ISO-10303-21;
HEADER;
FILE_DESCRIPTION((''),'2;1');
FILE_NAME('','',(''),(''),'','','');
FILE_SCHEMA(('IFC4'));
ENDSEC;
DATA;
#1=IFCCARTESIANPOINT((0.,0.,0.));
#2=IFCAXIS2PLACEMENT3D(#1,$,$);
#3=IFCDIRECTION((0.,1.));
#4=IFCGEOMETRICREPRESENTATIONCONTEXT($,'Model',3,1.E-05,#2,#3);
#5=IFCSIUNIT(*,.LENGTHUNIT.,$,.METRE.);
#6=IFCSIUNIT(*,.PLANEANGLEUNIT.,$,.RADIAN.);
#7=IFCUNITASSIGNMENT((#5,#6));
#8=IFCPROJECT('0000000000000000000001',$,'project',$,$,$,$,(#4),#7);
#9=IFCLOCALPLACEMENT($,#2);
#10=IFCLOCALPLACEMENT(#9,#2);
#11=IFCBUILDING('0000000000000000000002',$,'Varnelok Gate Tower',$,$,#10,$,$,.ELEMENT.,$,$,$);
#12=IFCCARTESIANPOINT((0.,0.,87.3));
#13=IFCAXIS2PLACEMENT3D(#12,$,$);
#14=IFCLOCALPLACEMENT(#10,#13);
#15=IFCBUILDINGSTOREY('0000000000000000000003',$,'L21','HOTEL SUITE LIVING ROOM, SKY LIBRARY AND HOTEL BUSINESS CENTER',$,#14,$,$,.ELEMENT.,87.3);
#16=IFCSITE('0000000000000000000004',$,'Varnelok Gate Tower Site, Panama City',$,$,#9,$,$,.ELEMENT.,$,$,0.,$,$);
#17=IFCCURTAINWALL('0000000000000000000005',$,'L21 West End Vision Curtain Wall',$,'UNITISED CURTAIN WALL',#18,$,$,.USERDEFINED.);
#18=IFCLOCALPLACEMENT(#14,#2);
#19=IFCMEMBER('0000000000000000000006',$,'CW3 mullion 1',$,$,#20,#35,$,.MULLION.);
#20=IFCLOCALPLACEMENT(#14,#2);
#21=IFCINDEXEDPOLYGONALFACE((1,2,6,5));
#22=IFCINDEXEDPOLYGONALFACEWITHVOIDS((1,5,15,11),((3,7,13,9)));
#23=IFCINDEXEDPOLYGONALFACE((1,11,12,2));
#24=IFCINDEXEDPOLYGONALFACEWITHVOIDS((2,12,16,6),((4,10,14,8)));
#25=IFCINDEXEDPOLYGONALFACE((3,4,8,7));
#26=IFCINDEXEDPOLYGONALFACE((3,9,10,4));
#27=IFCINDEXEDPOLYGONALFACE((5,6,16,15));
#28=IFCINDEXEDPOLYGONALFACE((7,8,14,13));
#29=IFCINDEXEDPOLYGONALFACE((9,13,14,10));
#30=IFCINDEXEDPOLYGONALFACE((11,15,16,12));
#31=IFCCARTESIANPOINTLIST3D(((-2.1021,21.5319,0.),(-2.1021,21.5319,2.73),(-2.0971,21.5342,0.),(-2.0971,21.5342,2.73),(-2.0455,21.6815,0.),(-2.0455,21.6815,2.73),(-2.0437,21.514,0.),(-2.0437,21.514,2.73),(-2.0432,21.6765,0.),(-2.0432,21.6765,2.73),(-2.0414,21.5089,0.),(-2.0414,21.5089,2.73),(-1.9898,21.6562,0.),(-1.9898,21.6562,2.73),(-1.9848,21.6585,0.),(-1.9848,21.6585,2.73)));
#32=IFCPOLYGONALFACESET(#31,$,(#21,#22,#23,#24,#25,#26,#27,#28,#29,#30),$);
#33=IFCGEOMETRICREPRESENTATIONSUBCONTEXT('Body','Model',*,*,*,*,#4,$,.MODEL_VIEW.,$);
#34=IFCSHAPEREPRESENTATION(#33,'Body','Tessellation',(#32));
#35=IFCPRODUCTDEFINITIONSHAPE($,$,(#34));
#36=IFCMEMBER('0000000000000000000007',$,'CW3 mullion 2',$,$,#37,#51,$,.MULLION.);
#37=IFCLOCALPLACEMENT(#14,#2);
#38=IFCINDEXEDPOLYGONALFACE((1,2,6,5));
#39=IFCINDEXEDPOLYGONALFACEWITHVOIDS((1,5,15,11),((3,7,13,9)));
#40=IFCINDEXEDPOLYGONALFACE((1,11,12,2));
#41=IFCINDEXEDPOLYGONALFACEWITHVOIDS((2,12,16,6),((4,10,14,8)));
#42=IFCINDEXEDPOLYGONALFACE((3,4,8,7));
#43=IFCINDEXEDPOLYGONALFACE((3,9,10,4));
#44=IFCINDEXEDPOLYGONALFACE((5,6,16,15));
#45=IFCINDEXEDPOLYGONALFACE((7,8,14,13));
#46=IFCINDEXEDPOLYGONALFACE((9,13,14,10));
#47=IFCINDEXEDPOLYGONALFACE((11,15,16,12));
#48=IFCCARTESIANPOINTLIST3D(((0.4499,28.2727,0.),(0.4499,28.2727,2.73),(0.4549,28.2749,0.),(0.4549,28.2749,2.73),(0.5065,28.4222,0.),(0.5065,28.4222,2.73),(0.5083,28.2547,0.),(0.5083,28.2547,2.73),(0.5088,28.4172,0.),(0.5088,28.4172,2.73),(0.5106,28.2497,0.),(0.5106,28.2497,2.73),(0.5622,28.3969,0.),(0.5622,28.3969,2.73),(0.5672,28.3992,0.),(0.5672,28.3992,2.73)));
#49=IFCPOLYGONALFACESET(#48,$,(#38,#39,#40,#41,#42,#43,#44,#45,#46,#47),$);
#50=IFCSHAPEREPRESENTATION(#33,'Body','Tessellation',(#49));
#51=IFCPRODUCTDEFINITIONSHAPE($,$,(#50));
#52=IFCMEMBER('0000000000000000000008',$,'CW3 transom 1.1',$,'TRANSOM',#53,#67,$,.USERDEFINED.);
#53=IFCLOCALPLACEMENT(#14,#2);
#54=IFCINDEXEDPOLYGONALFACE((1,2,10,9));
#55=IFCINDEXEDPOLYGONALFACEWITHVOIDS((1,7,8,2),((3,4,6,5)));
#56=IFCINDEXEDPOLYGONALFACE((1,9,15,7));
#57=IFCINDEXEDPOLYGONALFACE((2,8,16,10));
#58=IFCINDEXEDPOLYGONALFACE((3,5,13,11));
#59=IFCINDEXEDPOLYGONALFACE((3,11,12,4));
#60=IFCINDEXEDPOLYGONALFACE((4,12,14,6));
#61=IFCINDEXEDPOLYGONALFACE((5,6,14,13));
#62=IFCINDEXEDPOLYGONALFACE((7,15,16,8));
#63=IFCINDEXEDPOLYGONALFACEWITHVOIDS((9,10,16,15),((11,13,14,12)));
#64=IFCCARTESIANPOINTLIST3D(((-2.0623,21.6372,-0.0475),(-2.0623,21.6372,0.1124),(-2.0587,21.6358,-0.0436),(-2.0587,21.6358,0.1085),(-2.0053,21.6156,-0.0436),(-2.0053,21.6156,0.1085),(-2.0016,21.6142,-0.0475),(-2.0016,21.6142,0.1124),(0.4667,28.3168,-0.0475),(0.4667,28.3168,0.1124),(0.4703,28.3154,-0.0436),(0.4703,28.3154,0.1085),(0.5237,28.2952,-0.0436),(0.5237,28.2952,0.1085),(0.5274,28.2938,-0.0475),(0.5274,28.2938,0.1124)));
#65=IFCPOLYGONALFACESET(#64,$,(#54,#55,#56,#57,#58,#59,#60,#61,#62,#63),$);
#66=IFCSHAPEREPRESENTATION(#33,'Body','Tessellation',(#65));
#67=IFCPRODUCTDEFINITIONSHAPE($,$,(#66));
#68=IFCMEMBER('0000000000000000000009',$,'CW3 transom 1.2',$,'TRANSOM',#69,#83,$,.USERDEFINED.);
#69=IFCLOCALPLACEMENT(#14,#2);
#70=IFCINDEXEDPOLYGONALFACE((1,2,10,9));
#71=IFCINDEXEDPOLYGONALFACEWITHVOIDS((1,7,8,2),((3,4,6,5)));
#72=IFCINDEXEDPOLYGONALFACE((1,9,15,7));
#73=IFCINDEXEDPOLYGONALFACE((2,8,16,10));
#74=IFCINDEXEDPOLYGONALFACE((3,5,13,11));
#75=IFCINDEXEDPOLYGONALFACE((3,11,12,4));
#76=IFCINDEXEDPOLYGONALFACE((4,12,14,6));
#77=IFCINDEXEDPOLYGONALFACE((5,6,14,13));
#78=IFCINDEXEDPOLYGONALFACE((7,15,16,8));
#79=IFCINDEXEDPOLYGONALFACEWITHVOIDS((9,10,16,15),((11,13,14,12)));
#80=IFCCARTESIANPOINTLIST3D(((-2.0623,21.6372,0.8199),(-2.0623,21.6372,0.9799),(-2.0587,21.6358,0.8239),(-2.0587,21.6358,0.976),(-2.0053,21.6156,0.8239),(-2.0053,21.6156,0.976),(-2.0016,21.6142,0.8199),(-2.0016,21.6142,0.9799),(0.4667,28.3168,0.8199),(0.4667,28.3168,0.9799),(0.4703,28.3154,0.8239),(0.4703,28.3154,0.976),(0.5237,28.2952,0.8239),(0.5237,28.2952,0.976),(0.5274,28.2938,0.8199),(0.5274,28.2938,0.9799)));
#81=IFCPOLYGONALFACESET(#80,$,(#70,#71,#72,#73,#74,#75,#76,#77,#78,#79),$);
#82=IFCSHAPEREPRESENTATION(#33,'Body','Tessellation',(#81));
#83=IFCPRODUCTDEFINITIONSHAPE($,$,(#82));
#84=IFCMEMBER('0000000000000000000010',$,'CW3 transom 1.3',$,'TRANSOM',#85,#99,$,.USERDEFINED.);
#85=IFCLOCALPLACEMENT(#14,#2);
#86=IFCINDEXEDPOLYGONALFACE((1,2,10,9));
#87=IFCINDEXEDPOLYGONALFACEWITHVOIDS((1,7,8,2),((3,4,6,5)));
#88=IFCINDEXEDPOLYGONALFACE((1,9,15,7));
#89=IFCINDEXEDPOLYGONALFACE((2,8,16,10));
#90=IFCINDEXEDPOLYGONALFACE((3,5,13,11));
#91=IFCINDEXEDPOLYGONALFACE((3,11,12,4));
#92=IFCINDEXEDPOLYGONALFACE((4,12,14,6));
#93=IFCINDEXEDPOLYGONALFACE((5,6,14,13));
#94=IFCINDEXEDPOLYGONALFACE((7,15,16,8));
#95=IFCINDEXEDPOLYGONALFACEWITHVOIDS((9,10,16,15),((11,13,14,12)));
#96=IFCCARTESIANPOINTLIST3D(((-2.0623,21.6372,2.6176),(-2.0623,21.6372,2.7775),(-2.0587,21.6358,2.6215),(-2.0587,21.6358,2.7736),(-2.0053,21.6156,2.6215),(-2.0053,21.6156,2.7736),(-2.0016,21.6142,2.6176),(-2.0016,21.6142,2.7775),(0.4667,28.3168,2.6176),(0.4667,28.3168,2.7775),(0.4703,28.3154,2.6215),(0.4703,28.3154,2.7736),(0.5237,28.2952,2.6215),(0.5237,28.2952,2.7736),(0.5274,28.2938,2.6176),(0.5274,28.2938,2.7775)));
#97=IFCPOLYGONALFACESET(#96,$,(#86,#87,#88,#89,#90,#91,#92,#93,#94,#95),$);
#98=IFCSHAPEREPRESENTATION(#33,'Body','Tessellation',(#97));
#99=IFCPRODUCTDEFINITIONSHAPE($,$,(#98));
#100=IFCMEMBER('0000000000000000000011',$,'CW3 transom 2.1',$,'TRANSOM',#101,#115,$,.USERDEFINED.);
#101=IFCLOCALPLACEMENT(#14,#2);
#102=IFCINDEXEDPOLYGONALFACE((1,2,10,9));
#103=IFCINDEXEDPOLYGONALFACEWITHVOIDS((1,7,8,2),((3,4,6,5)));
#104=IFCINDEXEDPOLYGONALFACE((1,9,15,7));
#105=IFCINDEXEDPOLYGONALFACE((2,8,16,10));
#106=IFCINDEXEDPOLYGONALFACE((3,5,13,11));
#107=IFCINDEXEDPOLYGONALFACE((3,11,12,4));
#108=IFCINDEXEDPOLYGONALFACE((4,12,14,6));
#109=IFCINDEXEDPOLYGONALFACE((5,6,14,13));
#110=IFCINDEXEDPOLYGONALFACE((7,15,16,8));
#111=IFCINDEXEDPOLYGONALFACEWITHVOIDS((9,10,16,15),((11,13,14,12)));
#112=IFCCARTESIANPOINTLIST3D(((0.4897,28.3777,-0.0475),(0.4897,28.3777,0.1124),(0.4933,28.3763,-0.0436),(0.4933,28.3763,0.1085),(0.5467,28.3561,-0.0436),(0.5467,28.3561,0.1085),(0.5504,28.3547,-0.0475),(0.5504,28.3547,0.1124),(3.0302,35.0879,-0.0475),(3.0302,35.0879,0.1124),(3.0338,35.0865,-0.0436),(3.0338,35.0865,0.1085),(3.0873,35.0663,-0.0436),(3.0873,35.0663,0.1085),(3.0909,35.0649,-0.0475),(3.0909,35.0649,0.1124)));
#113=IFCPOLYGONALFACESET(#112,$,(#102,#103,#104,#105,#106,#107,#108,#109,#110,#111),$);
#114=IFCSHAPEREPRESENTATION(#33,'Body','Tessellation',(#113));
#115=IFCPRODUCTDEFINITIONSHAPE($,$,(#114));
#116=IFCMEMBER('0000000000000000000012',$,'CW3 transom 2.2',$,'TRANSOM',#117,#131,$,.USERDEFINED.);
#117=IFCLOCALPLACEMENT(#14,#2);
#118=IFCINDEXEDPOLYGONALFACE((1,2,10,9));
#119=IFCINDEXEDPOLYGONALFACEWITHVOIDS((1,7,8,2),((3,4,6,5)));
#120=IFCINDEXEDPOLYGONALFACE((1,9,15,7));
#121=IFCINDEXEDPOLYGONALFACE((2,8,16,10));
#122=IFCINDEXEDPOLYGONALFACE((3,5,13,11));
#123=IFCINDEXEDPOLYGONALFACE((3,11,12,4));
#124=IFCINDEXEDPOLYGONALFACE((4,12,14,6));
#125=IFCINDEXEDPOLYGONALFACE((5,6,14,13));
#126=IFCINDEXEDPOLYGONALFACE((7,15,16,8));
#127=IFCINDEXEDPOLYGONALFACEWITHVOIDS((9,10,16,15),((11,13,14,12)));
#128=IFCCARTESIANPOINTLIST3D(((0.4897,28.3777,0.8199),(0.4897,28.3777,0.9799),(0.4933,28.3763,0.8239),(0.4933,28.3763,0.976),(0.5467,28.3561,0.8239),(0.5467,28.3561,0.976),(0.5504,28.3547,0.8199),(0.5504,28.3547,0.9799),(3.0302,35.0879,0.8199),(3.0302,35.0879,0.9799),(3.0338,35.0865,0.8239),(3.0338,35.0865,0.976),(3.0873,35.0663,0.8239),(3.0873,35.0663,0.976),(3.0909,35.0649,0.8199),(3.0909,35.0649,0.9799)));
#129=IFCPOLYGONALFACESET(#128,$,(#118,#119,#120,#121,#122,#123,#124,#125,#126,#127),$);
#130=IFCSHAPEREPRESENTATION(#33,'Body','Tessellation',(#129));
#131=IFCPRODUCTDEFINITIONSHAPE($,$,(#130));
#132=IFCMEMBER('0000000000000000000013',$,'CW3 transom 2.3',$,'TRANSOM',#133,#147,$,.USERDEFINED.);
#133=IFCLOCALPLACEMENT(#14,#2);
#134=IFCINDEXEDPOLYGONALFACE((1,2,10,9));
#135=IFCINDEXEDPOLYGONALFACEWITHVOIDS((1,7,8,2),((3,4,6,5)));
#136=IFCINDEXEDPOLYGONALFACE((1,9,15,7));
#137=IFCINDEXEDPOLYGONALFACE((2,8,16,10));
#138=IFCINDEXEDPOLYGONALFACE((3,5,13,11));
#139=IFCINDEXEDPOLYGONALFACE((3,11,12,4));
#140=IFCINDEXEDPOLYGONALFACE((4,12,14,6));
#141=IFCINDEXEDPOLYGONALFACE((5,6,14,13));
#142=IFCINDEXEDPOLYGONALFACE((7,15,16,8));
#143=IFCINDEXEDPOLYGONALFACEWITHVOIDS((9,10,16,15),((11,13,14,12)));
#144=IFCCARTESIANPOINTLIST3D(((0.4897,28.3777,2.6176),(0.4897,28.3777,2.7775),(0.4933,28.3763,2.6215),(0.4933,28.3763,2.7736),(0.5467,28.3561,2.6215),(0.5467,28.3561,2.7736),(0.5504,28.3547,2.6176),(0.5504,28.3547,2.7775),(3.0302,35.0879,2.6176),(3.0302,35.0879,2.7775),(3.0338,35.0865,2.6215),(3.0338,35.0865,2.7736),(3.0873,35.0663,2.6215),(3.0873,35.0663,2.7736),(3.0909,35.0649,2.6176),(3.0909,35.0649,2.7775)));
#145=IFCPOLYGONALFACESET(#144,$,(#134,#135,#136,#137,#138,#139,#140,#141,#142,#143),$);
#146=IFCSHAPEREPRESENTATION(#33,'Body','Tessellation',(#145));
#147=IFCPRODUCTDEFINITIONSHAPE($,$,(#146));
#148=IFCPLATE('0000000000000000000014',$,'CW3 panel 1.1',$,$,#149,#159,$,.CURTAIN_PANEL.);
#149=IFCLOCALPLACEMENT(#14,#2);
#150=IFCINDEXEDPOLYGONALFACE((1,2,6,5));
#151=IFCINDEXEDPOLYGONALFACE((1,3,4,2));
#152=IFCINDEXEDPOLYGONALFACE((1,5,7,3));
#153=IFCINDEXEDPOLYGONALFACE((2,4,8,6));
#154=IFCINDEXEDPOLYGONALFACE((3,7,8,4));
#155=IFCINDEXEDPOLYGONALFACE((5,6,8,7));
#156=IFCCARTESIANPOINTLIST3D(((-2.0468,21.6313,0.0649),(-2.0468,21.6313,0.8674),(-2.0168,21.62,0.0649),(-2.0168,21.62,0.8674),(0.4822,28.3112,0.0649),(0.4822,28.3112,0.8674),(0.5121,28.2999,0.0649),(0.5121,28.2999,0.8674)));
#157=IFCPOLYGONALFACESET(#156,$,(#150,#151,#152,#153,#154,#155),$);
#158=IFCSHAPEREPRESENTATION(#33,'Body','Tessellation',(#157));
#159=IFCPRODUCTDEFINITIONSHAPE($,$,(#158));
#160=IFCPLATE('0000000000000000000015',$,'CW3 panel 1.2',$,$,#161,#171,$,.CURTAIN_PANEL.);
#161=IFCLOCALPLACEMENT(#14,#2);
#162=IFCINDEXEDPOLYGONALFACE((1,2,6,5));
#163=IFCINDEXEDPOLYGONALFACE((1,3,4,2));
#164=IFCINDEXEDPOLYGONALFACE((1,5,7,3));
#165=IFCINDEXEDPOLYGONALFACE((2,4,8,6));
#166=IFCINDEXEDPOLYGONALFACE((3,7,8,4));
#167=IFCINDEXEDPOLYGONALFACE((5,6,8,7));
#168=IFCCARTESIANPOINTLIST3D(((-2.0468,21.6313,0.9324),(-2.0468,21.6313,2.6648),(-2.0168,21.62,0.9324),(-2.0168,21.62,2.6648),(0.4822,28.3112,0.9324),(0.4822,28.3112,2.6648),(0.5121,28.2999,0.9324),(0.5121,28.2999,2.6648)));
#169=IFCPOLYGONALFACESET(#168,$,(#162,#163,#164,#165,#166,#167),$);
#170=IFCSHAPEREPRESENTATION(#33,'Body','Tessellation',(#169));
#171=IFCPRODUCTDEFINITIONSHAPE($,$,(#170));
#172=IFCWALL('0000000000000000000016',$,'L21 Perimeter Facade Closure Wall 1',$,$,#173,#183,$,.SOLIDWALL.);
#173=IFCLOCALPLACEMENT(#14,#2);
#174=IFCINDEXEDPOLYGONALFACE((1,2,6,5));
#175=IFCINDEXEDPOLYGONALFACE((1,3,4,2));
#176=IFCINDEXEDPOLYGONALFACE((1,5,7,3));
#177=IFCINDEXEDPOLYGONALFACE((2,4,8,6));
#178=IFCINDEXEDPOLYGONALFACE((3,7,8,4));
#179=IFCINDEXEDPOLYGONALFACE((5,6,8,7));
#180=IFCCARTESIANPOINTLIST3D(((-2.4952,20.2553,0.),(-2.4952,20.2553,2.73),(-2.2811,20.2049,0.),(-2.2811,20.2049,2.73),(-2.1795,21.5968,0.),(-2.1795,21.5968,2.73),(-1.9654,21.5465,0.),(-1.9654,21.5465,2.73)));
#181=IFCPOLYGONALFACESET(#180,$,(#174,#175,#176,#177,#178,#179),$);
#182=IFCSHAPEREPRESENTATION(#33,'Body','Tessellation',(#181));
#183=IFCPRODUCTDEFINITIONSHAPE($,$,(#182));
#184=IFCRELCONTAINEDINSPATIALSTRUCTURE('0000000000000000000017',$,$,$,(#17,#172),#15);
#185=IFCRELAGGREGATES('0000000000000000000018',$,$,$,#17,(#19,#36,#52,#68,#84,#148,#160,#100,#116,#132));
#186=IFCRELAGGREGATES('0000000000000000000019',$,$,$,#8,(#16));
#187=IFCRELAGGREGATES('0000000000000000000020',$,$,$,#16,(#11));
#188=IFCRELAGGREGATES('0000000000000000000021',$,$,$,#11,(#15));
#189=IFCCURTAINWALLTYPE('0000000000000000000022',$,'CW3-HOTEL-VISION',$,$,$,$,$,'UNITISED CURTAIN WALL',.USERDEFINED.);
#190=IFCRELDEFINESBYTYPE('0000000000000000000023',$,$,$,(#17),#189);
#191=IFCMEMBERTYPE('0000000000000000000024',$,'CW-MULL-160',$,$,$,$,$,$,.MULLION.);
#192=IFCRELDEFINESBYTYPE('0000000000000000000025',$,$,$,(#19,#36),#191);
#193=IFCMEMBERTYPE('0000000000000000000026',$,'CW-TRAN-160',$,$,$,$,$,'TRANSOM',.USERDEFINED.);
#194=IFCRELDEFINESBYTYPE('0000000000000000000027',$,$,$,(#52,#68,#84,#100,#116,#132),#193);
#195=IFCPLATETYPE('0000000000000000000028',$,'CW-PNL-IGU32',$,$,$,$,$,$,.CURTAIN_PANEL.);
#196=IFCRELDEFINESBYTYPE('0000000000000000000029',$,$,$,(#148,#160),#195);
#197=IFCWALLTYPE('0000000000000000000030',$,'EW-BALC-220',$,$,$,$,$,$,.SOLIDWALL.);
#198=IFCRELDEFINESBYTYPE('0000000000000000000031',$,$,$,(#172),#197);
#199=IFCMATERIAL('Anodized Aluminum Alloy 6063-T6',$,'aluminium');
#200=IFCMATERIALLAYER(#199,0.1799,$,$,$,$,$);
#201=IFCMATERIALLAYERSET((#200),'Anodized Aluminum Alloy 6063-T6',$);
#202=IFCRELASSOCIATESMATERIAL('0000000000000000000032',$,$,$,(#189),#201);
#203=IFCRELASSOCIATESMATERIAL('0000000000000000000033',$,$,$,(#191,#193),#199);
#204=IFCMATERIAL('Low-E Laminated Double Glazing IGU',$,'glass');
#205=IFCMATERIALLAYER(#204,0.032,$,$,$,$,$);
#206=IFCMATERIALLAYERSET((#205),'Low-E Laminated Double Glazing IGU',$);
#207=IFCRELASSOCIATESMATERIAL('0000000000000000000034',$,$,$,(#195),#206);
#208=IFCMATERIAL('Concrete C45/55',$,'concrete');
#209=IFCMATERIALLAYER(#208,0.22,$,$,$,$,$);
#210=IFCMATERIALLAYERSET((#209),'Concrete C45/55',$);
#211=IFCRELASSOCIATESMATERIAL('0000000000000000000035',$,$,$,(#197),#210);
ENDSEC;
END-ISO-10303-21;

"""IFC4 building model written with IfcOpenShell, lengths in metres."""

from ifc_helpers import new_model, si_unit, direction, frame, frame_2d, origin, origin_2d, place, context, subcontext, project, spatial, rectangle, hollow_rectangle, extrude, source, transform, mapped, material, layer, layer_set, material_profile, profile_set, type_object, element, aggregate, save


model = new_model("IFC4")

# Units and contexts
model_context = context("Model", 3, precision=1e-05, world=origin(), true_north=direction((0.0, 1.0)))
body_context = subcontext(model_context, "Body", "Model", "MODEL_VIEW")
ifc_project = project(units=[si_unit("LENGTHUNIT", "METRE"), si_unit("PLANEANGLEUNIT", "RADIAN")], contexts=[model_context])

# Site, building, storey
site_placement = place(None, origin())
site = spatial("IfcSite", under=ifc_project, at=site_placement, Name="Varnelok Gate Tower Site, Panama City", CompositionType="ELEMENT", RefElevation=0.0)
building_placement = place(site_placement, origin())
building = spatial("IfcBuilding", under=site, at=building_placement, Name="Varnelok Gate Tower", CompositionType="ELEMENT")
storey_placement = place(building_placement, frame((0.0, 0.0, 87.3)))
storey = spatial("IfcBuildingStorey", under=building, at=storey_placement, Name="L21", Description="HOTEL SUITE LIVING ROOM, SKY LIBRARY AND HOTEL BUSINESS CENTER", CompositionType="ELEMENT", Elevation=87.3)

# Curtain wall, members, plates
ifc_material_1 = material(Name="Anodized Aluminum Alloy 6063-T6", Category="aluminium")
ifc_layer_1 = layer(ifc_material_1, 0.1799)
ifc_layer_set_1 = layer_set([ifc_layer_1], Name="Anodized Aluminum Alloy 6063-T6")
curtain_wall_type = type_object("IfcCurtainWallType", Name="CW3-HOTEL-VISION", ElementType="UNITISED CURTAIN WALL", PredefinedType="USERDEFINED", material=ifc_layer_set_1)
curtain_wall_placement = place(storey_placement, origin())
curtain_wall = element("IfcCurtainWall", 1, at=curtain_wall_placement, inside=storey, type_object=curtain_wall_type, Name="L21 West End Vision Curtain Wall", ObjectType="UNITISED CURTAIN WALL", PredefinedType="USERDEFINED")
ifc_material_profile_1 = material_profile(ifc_material_1, hollow_rectangle(XDim=0.0649, YDim=0.1599, WallThickness=0.0039, at=origin_2d()), Name="ALU160X65X4")
ifc_profile_set_1 = profile_set([ifc_material_profile_1], Name="Anodized Aluminum Alloy 6063-T6")
member_type_1 = type_object("IfcMemberType", Name="CW-MULL-160", PredefinedType="MULLION", material=ifc_profile_set_1)
member_1_placement = place(storey_placement, frame((-2.0435, 21.5952, 0.0), z_axis=(0.0, 0.0, 1.0), x_axis=(-0.935221, 0.354064, 0.0)))
member_1 = element("IfcMember", 2, at=member_1_placement, type_object=member_type_1, Name="CW3 mullion 1", PredefinedType="MULLION", context=body_context, shape_type="SweptSolid", body=[
    extrude(hollow_rectangle(XDim=0.0649, YDim=0.1599, WallThickness=0.0039, at=origin_2d()), origin(), (0.0, 0.0, 1.0), 2.73),
])
member_2_placement = place(storey_placement, frame((0.5085, 28.3359, 0.0), z_axis=(0.0, 0.0, 1.0), x_axis=(-0.935221, 0.354064, 0.0)))
member_2 = element("IfcMember", 3, at=member_2_placement, type_object=member_type_1, Name="CW3 mullion 2", PredefinedType="MULLION", context=body_context, shape_type="SweptSolid", body=[
    extrude(hollow_rectangle(XDim=0.0649, YDim=0.1599, WallThickness=0.0039, at=origin_2d()), origin(), (0.0, 0.0, 1.0), 2.73),
])
ifc_material_profile_2 = material_profile(ifc_material_1, hollow_rectangle(XDim=0.0649, YDim=0.1599, WallThickness=0.0039, at=origin_2d()), Name="ALU160X65X4")
ifc_profile_set_2 = profile_set([ifc_material_profile_2], Name="Anodized Aluminum Alloy 6063-T6")
member_type_2 = type_object("IfcMemberType", Name="CW-TRAN-160", ElementType="TRANSOM", PredefinedType="USERDEFINED", material=ifc_profile_set_2)
member_3_placement = place(storey_placement, frame((-2.032, 21.6257, 0.0325), z_axis=(0.354088, 0.935212, 0.0), x_axis=(-0.935212, 0.354088, 0.0)))
member_3 = element("IfcMember", 4, at=member_3_placement, type_object=member_type_2, Name="CW3 transom 1.1", ObjectType="TRANSOM", PredefinedType="USERDEFINED", context=body_context, shape_type="SweptSolid", body=[
    extrude(hollow_rectangle(XDim=0.0649, YDim=0.1599, WallThickness=0.0039, at=origin_2d()), origin(), (0.0, 0.0, 1.0), 7.1423),
])
member_4_placement = place(storey_placement, frame((-2.032, 21.6257, 0.8999), z_axis=(0.354088, 0.935212, 0.0), x_axis=(-0.935212, 0.354088, 0.0)))
member_4 = element("IfcMember", 5, at=member_4_placement, type_object=member_type_2, Name="CW3 transom 1.2", ObjectType="TRANSOM", PredefinedType="USERDEFINED", context=body_context, shape_type="SweptSolid", body=[
    extrude(hollow_rectangle(XDim=0.0649, YDim=0.1599, WallThickness=0.0039, at=origin_2d()), origin(), (0.0, 0.0, 1.0), 7.1423),
])
member_5_placement = place(storey_placement, frame((-2.032, 21.6257, 2.6975), z_axis=(0.354088, 0.935212, 0.0), x_axis=(-0.935212, 0.354088, 0.0)))
member_5 = element("IfcMember", 6, at=member_5_placement, type_object=member_type_2, Name="CW3 transom 1.3", ObjectType="TRANSOM", PredefinedType="USERDEFINED", context=body_context, shape_type="SweptSolid", body=[
    extrude(hollow_rectangle(XDim=0.0649, YDim=0.1599, WallThickness=0.0039, at=origin_2d()), origin(), (0.0, 0.0, 1.0), 7.1423),
])
member_6_placement = place(storey_placement, frame((0.52, 28.3662, 0.0325), z_axis=(0.354079, 0.935216, 0.0), x_axis=(-0.935216, 0.354079, 0.0)))
member_6 = element("IfcMember", 7, at=member_6_placement, type_object=member_type_2, Name="CW3 transom 2.1", ObjectType="TRANSOM", PredefinedType="USERDEFINED", context=body_context, shape_type="SweptSolid", body=[
    extrude(hollow_rectangle(XDim=0.0649, YDim=0.1599, WallThickness=0.0039, at=origin_2d()), origin(), (0.0, 0.0, 1.0), 7.175),
])
member_7_placement = place(storey_placement, frame((0.52, 28.3662, 0.8999), z_axis=(0.354079, 0.935216, 0.0), x_axis=(-0.935216, 0.354079, 0.0)))
member_7 = element("IfcMember", 8, at=member_7_placement, type_object=member_type_2, Name="CW3 transom 2.2", ObjectType="TRANSOM", PredefinedType="USERDEFINED", context=body_context, shape_type="SweptSolid", body=[
    extrude(hollow_rectangle(XDim=0.0649, YDim=0.1599, WallThickness=0.0039, at=origin_2d()), origin(), (0.0, 0.0, 1.0), 7.175),
])
member_8_placement = place(storey_placement, frame((0.52, 28.3662, 2.6975), z_axis=(0.354079, 0.935216, 0.0), x_axis=(-0.935216, 0.354079, 0.0)))
member_8 = element("IfcMember", 9, at=member_8_placement, type_object=member_type_2, Name="CW3 transom 2.3", ObjectType="TRANSOM", PredefinedType="USERDEFINED", context=body_context, shape_type="SweptSolid", body=[
    extrude(hollow_rectangle(XDim=0.0649, YDim=0.1599, WallThickness=0.0039, at=origin_2d()), origin(), (0.0, 0.0, 1.0), 7.175),
])
ifc_material_2 = material(Name="Low-E Laminated Double Glazing IGU", Category="glass")
ifc_layer_2 = layer(ifc_material_2, 0.032)
ifc_layer_set_2 = layer_set([ifc_layer_2], Name="Low-E Laminated Double Glazing IGU")
plate_type = type_object("IfcPlateType", Name="CW-PNL-IGU32", PredefinedType="CURTAIN_PANEL", material=ifc_layer_set_2)
shared_shape_1 = source(origin(), body_context, "Body", "SweptSolid", [
    extrude(rectangle(XDim=7.1426, YDim=0.032, at=origin_2d()), origin(), (0.0, 0.0, 1.0), 0.8025),
])
plate_1_placement = place(storey_placement, frame((-0.7673, 24.9656, 0.0649), z_axis=(0.0, 0.0, 1.0), x_axis=(0.354064, 0.935221, 0.0)))
plate_1 = element("IfcPlate", 10, at=plate_1_placement, type_object=plate_type, Name="CW3 panel 1.1", PredefinedType="CURTAIN_PANEL", context=body_context, shape_type="MappedRepresentation", body=[
    mapped(shared_shape_1, transform((0.0, 0.0, 0.0), scale=1.0)),
])
shared_shape_2 = source(origin(), body_context, "Body", "SweptSolid", [
    extrude(rectangle(XDim=7.1426, YDim=0.032, at=origin_2d()), origin(), (0.0, 0.0, 1.0), 1.7324),
])
plate_2_placement = place(storey_placement, frame((-0.7673, 24.9656, 0.9324), z_axis=(0.0, 0.0, 1.0), x_axis=(0.354064, 0.935221, 0.0)))
plate_2 = element("IfcPlate", 11, at=plate_2_placement, type_object=plate_type, Name="CW3 panel 1.2", PredefinedType="CURTAIN_PANEL", context=body_context, shape_type="MappedRepresentation", body=[
    mapped(shared_shape_2, transform((0.0, 0.0, 0.0), scale=1.0)),
])
aggregate(curtain_wall, [member_1, member_2, member_3, member_4, member_5, plate_1, plate_2, member_6, member_7, member_8])

# Wall
ifc_material_3 = material(Name="Concrete C45/55", Category="concrete")
ifc_layer_3 = layer(ifc_material_3, 0.22)
ifc_layer_set_3 = layer_set([ifc_layer_3], Name="Concrete C45/55")
wall_type_1 = type_object("IfcWallType", Name="EW-BALC-220", PredefinedType="SOLIDWALL", material=ifc_layer_set_3)
wall_1_placement = place(storey_placement, frame((-2.0725, 21.5715, 0.0), z_axis=(0.0, 0.0, 1.0), x_axis=(-0.229049, -0.973415, 0.0)))
element("IfcWall", 12, at=wall_1_placement, inside=storey, type_object=wall_type_1, Name="L21 Perimeter Facade Closure Wall 1", PredefinedType="SOLIDWALL", context=body_context, shape_type="SweptSolid", body=[
    extrude(rectangle(XDim=1.3782, YDim=0.22, at=frame_2d((0.689, 0.0))), origin(), (0.0, 0.0, 1.0), 2.73),
])

save(model, "model.ifc")
